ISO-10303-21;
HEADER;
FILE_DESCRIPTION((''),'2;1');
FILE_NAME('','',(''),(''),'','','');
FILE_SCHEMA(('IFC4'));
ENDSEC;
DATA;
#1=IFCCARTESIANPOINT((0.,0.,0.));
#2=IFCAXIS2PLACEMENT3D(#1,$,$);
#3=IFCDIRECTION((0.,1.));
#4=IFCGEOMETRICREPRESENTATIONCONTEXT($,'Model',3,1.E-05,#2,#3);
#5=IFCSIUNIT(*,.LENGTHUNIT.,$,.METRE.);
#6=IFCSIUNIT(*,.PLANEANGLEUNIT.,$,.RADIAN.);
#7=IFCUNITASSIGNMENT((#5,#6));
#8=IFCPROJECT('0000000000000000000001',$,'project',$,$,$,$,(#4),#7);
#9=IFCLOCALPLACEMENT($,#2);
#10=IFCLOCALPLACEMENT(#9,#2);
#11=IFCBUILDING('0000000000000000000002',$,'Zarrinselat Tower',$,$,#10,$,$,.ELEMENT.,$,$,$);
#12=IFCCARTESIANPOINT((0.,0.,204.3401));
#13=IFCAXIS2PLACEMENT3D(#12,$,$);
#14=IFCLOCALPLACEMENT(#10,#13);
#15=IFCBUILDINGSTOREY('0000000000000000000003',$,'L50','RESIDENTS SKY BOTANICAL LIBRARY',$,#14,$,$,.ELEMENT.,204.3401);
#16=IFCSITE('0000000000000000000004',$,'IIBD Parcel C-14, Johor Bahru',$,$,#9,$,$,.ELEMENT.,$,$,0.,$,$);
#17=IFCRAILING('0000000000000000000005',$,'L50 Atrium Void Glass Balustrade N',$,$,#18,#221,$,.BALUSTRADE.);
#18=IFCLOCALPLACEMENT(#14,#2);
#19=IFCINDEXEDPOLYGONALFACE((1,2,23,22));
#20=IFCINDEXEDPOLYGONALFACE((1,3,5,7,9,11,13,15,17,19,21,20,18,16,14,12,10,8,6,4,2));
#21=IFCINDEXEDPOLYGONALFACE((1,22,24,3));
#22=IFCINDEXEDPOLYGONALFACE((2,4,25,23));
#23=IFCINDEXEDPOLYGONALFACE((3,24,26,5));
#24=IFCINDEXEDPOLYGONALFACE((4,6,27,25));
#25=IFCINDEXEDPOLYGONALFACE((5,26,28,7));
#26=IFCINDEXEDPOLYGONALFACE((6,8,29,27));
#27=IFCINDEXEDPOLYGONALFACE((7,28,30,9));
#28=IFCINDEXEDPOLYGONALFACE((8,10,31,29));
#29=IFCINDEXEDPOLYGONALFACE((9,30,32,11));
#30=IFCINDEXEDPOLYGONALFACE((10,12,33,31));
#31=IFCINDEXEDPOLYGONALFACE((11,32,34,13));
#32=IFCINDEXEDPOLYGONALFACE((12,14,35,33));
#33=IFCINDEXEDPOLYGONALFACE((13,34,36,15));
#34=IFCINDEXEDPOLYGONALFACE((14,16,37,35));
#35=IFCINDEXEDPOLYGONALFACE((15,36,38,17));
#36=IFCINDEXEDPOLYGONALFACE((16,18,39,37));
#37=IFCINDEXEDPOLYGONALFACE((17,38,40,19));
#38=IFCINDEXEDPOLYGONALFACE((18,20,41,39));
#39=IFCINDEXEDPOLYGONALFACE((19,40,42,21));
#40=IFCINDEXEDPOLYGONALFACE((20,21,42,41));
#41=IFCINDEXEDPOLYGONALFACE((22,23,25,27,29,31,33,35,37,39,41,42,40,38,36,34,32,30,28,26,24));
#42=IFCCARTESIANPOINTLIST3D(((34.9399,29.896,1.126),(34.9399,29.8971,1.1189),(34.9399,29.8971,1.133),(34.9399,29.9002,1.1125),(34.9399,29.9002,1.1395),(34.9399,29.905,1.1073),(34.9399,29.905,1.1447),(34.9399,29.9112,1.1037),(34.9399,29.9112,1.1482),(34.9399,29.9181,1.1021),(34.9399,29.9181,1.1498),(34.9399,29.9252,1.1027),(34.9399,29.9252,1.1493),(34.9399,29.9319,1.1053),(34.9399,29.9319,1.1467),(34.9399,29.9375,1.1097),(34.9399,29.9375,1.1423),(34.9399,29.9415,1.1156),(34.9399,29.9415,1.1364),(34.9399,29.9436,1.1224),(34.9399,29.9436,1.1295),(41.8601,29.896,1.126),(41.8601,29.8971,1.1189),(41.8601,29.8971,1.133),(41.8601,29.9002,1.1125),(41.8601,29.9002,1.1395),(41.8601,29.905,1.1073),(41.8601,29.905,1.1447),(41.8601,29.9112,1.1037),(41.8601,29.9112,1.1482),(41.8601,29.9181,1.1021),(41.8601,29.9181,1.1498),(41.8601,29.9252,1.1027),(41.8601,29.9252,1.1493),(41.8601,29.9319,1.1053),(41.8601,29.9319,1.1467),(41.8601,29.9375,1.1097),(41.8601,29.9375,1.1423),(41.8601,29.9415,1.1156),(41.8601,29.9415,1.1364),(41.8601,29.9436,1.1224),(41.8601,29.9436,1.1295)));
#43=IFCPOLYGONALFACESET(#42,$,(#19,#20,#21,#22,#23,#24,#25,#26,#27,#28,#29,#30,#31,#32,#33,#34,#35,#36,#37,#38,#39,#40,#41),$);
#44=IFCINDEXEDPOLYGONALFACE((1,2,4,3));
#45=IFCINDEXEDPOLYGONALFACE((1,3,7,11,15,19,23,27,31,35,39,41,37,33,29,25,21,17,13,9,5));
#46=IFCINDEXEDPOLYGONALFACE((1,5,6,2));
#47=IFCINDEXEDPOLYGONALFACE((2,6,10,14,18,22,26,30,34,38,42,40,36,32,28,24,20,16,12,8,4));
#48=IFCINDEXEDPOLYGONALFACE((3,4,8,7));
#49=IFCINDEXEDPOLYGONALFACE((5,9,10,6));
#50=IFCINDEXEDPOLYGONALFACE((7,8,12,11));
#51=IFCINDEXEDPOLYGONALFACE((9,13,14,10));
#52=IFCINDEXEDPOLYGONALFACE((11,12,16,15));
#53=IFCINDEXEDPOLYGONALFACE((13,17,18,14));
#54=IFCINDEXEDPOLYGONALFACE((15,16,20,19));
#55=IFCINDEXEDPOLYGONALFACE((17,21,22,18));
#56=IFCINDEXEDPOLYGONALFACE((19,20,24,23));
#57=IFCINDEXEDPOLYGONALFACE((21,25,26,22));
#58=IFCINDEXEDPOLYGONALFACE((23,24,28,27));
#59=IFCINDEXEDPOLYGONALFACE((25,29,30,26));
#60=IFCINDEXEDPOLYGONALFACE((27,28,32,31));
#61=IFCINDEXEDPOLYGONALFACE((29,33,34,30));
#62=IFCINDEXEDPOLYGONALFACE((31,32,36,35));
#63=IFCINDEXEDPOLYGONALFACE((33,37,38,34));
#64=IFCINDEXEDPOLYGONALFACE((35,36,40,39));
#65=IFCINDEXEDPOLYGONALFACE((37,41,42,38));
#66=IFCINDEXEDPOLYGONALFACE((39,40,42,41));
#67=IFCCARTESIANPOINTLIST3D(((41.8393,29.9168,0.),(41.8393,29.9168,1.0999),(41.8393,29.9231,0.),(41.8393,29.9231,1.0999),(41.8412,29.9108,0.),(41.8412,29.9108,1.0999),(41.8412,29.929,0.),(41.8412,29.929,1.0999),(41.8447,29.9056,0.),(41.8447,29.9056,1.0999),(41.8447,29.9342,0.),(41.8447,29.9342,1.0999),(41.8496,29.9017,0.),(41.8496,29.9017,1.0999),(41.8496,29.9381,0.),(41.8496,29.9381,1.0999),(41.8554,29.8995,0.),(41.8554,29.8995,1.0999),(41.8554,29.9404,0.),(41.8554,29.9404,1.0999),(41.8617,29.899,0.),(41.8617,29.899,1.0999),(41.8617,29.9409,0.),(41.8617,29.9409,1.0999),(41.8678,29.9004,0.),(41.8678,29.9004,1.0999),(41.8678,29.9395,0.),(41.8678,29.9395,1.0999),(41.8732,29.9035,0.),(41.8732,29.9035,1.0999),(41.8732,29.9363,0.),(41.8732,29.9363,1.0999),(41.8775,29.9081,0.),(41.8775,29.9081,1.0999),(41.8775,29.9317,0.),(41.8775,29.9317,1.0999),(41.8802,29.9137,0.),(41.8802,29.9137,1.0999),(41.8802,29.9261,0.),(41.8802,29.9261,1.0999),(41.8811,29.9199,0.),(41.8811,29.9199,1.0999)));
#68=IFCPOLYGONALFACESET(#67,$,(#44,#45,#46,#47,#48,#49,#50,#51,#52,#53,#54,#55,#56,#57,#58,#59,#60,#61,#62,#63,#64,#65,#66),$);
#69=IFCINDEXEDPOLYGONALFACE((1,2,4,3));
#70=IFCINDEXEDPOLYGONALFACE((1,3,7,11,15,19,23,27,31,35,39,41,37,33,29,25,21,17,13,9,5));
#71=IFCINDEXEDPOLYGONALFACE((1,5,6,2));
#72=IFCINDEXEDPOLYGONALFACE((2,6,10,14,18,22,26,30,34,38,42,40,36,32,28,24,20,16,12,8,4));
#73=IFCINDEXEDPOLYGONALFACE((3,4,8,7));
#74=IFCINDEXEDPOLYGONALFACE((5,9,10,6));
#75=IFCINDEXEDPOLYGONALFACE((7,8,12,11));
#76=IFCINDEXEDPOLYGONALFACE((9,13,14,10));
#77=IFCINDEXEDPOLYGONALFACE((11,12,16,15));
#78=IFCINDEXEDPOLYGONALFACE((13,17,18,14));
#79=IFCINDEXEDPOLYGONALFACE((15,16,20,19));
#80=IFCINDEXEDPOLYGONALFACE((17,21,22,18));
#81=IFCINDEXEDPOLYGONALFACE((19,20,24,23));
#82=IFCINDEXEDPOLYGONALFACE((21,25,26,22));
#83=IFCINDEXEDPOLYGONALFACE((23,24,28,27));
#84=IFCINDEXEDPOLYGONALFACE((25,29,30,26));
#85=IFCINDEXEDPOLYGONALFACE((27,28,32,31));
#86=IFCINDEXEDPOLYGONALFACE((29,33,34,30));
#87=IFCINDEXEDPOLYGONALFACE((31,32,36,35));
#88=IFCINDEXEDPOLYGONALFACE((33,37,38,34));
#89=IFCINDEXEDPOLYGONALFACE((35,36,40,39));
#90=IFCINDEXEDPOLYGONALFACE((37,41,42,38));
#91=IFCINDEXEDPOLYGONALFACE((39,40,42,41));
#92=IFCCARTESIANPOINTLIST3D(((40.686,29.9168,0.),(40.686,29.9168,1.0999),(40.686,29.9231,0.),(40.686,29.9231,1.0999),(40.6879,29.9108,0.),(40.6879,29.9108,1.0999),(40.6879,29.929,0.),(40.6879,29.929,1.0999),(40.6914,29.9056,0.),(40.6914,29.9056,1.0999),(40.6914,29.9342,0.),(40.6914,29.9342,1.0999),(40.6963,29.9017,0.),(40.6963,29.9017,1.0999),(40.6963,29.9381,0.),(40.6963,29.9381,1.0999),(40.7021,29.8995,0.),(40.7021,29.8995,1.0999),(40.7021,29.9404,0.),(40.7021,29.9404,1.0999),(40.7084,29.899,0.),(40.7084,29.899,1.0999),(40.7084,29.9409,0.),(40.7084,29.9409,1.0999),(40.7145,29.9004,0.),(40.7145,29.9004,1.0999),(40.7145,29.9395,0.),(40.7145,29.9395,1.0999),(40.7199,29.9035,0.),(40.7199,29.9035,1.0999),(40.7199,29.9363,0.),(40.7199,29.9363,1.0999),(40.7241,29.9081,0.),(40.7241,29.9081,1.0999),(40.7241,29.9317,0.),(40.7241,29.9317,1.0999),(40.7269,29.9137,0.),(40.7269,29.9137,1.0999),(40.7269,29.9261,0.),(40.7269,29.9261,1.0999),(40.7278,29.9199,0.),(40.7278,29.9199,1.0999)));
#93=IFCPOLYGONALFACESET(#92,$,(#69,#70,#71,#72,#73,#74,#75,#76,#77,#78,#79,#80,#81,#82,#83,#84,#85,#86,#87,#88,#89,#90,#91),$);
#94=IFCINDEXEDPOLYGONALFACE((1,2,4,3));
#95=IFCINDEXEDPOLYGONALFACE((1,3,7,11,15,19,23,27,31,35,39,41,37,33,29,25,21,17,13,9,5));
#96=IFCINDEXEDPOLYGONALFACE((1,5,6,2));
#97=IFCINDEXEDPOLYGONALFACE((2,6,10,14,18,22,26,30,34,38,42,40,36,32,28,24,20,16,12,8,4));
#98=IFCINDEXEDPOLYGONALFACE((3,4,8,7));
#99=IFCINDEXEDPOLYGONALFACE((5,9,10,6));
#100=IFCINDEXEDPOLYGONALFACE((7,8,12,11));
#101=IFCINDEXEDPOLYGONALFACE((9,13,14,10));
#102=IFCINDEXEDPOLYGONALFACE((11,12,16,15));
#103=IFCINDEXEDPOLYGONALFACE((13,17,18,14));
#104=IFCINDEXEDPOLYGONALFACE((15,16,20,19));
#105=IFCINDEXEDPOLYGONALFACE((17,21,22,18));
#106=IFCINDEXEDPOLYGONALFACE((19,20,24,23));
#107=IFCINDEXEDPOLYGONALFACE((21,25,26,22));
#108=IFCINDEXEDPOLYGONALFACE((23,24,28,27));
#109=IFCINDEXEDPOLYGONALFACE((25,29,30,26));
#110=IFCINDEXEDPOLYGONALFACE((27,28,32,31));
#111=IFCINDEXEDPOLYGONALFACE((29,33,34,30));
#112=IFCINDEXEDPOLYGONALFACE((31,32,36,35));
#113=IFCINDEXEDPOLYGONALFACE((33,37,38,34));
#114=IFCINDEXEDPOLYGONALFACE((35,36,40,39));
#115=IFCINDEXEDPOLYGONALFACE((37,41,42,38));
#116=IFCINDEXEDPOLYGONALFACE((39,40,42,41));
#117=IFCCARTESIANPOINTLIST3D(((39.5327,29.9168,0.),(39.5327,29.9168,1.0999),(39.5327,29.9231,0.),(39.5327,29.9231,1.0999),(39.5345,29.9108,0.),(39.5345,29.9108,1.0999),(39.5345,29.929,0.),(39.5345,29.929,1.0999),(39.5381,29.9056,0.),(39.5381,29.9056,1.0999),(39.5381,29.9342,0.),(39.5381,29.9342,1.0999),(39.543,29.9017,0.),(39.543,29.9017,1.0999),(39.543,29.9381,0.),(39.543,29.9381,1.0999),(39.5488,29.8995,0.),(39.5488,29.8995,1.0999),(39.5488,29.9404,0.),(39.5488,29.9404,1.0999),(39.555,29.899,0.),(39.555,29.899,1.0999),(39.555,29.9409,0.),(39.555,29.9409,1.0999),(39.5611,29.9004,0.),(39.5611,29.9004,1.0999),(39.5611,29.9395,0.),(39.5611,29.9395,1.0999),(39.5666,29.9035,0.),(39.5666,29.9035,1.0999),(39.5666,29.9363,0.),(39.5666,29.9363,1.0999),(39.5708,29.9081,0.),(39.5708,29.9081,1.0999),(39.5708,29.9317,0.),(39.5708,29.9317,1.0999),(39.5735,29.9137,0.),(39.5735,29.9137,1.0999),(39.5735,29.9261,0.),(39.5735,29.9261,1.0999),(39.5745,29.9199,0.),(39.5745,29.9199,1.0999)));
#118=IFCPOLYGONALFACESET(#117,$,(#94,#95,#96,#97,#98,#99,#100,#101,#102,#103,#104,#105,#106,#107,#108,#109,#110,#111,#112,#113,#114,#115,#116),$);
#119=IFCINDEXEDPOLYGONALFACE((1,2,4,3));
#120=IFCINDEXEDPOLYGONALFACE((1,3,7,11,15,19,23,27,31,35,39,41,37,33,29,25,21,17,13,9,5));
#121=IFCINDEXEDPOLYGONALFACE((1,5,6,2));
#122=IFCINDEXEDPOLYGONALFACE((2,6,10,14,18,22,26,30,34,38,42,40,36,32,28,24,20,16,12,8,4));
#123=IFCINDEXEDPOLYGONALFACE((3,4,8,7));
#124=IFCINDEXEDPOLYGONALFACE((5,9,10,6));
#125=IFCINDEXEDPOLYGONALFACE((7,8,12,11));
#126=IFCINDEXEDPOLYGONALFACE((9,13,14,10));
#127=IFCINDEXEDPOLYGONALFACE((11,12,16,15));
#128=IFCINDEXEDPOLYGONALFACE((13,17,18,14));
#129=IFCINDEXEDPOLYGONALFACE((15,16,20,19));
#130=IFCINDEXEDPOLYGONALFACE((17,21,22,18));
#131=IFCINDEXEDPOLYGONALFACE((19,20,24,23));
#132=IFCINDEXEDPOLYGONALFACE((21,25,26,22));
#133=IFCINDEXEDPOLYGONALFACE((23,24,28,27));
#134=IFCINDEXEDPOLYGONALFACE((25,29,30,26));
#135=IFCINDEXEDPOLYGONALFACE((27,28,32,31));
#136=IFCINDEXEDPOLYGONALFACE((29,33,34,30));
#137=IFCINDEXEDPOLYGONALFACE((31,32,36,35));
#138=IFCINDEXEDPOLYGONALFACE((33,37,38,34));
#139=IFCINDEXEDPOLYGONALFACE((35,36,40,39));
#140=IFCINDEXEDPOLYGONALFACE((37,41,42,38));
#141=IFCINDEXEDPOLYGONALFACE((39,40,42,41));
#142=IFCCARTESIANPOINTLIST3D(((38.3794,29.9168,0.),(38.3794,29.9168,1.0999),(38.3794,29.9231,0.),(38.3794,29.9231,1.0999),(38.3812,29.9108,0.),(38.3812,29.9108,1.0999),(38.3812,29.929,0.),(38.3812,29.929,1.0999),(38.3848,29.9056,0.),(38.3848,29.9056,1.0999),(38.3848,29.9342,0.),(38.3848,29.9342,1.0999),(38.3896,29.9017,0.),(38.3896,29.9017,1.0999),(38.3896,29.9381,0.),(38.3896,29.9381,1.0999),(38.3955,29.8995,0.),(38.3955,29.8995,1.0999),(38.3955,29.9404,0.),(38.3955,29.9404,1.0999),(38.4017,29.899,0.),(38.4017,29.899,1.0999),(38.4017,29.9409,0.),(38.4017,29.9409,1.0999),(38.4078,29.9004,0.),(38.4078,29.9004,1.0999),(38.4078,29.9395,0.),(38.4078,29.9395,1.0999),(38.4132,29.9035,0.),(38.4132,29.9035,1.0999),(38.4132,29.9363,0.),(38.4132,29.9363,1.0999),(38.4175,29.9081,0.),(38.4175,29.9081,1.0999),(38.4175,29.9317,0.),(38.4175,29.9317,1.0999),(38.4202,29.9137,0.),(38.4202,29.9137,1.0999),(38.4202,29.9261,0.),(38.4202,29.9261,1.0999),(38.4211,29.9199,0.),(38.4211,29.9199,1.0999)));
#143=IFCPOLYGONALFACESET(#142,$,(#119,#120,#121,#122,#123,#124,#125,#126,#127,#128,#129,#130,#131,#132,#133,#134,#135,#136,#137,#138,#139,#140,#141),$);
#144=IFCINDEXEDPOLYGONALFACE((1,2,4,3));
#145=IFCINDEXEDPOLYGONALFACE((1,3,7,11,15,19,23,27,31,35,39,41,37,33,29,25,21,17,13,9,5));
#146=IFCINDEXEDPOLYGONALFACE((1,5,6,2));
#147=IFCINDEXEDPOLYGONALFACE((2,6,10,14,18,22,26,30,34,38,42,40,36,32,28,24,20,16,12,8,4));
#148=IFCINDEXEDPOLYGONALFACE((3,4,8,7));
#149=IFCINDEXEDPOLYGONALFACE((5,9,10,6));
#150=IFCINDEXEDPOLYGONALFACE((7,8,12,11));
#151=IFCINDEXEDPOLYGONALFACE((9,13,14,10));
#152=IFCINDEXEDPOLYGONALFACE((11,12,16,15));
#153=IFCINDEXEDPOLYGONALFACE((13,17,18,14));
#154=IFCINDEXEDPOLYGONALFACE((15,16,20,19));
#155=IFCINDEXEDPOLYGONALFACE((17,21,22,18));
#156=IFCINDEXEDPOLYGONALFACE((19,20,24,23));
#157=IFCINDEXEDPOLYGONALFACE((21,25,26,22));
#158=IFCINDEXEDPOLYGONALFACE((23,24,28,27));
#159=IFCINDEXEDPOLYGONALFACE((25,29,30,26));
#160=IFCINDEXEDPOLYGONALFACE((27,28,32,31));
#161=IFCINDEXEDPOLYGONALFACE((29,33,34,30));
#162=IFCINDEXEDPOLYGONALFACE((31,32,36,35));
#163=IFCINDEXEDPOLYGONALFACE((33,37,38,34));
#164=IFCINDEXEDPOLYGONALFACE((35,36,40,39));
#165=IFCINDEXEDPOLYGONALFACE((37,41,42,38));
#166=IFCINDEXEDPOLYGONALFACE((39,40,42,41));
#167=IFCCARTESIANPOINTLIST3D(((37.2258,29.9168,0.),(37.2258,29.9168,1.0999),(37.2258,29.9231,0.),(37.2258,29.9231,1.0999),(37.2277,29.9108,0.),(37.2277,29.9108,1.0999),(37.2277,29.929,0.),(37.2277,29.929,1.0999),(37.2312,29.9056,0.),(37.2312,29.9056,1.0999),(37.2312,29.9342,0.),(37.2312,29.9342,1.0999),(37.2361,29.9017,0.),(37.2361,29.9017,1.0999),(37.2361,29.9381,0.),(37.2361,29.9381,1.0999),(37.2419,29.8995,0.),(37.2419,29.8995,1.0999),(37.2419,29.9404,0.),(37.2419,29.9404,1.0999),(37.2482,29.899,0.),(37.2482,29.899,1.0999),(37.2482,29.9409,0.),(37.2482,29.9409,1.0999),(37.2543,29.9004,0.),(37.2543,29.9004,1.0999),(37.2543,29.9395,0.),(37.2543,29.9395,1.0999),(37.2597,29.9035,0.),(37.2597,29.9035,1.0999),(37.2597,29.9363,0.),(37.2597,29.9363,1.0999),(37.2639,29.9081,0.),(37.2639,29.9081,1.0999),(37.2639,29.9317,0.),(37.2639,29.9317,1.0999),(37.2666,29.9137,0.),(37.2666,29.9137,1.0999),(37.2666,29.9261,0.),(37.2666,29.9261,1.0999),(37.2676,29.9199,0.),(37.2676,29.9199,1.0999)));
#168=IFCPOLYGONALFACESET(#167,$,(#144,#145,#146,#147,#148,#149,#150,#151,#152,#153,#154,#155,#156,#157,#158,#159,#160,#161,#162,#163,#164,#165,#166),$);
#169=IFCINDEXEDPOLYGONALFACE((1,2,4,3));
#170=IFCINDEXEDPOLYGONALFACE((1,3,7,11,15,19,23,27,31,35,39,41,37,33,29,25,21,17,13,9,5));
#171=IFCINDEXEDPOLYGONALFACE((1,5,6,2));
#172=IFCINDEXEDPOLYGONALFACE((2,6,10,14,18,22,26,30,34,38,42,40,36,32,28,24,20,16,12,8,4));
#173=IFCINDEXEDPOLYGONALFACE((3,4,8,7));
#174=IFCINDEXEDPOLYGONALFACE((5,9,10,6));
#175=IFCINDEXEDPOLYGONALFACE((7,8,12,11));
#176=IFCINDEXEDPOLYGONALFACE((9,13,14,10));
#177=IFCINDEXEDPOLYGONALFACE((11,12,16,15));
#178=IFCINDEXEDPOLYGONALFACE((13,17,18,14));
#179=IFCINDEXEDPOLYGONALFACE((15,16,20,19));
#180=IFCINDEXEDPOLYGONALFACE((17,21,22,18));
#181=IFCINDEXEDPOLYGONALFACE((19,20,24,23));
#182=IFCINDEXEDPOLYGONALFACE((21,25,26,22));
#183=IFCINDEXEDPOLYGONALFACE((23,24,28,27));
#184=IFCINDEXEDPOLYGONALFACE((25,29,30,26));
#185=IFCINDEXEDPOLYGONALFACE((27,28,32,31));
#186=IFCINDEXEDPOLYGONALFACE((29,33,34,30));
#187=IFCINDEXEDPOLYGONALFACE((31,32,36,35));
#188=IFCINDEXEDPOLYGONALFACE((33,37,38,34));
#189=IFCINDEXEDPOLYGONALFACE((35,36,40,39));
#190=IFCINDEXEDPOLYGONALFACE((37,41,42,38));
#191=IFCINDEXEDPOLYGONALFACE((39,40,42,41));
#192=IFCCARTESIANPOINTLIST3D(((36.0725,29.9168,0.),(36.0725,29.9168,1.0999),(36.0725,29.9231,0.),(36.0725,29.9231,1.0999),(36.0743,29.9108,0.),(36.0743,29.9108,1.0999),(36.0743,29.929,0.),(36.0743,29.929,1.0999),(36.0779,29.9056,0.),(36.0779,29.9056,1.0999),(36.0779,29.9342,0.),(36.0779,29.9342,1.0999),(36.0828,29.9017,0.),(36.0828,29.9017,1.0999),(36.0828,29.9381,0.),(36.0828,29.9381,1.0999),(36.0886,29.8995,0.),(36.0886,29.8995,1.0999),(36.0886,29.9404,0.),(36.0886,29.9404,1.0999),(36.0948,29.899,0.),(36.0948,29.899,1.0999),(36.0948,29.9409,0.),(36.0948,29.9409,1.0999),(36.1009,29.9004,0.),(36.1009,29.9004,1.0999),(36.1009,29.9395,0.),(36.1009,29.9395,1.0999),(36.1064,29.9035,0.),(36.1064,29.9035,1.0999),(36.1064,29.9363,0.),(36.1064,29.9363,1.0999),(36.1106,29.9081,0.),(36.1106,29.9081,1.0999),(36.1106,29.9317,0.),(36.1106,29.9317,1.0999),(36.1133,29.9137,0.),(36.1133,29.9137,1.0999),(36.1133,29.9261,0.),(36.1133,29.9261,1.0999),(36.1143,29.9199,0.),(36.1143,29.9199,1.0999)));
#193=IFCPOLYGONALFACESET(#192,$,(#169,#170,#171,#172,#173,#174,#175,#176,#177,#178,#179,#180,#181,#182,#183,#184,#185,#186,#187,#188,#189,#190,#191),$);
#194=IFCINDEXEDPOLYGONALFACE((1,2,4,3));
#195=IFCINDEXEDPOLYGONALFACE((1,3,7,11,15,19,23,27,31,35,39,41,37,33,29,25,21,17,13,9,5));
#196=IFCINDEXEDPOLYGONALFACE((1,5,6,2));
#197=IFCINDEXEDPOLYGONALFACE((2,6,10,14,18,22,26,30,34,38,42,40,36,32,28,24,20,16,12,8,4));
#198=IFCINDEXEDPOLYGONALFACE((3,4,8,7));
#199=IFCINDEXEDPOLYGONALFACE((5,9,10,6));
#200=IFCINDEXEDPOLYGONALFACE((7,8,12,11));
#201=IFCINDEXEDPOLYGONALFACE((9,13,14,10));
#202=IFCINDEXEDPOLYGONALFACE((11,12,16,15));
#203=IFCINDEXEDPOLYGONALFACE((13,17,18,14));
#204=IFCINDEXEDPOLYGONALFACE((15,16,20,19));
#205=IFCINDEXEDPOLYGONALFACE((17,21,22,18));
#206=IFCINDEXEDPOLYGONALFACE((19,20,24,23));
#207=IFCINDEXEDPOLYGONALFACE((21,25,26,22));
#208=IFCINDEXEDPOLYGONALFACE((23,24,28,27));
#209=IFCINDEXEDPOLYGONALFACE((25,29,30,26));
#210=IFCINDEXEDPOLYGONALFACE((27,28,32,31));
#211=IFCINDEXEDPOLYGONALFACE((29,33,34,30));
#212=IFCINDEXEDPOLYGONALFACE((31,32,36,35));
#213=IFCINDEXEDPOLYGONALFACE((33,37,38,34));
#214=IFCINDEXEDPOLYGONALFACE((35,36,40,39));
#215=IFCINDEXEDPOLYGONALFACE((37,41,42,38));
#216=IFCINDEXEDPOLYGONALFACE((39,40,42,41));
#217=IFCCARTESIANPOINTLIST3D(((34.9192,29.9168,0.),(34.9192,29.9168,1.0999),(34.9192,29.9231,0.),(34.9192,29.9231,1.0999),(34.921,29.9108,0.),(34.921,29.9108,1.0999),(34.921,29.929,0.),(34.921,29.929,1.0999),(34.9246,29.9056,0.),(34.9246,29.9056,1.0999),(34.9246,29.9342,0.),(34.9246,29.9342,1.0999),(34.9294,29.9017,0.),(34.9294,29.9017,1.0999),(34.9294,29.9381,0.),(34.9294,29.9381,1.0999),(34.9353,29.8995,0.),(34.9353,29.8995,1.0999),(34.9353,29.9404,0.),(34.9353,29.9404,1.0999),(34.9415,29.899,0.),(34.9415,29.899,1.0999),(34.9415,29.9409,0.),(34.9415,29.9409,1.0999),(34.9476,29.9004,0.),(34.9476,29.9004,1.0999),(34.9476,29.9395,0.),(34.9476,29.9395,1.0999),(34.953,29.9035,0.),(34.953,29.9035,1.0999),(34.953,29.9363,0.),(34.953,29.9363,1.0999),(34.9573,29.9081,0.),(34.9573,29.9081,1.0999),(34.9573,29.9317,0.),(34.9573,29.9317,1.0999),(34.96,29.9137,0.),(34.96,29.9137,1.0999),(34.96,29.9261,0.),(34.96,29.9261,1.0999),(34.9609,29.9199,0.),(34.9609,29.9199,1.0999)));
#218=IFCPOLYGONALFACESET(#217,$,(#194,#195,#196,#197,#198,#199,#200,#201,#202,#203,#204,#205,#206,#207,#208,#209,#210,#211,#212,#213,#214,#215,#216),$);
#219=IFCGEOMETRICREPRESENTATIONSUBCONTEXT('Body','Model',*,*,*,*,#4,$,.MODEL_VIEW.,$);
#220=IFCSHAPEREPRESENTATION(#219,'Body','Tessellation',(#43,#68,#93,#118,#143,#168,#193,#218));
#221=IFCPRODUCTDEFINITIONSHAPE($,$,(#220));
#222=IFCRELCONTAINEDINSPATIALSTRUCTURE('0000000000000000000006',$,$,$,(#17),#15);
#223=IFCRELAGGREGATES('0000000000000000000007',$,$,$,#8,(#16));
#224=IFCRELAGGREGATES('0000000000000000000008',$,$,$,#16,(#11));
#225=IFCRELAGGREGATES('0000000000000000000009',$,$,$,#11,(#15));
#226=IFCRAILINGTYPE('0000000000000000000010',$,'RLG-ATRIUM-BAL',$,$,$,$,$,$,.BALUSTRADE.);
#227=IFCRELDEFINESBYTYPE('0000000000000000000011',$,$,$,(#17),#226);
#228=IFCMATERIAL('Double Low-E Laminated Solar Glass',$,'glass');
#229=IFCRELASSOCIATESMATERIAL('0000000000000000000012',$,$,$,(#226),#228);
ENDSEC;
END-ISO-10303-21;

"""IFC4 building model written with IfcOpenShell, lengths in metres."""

from ifc_helpers import new_model, si_unit, direction, frame, origin, origin_2d, place, context, subcontext, project, spatial, circle, extrude, material, type_object, element, save


model = new_model("IFC4")

# Units and contexts
model_context = context("Model", 3, precision=1e-05, world=origin(), true_north=direction((0.0, 1.0)))
body_context = subcontext(model_context, "Body", "Model", "MODEL_VIEW")
ifc_project = project(units=[si_unit("LENGTHUNIT", "METRE"), si_unit("PLANEANGLEUNIT", "RADIAN")], contexts=[model_context])

# Site, building, storey
site_placement = place(None, origin())
site = spatial("IfcSite", under=ifc_project, at=site_placement, Name="IIBD Parcel C-14, Johor Bahru", CompositionType="ELEMENT", RefElevation=0.0)
building_placement = place(site_placement, origin())
building = spatial("IfcBuilding", under=site, at=building_placement, Name="Zarrinselat Tower", CompositionType="ELEMENT")
storey_placement = place(building_placement, frame((0.0, 0.0, 204.3401)))
storey = spatial("IfcBuildingStorey", under=building, at=storey_placement, Name="L50", Description="RESIDENTS SKY BOTANICAL LIBRARY", CompositionType="ELEMENT", Elevation=204.3401)

# Railing
ifc_material_1 = material(Name="Double Low-E Laminated Solar Glass", Category="glass")
railing_type_1 = type_object("IfcRailingType", Name="RLG-ATRIUM-BAL", PredefinedType="BALUSTRADE", material=ifc_material_1)
railing_1_placement = place(storey_placement, frame((41.8601, 29.9199, 0.0)))
element("IfcRailing", 1, at=railing_1_placement, inside=storey, type_object=railing_type_1, Name="L50 Atrium Void Glass Balustrade N", PredefinedType="BALUSTRADE", context=body_context, shape_type="SweptSolid", body=[
    extrude(circle(Radius=0.0239, at=origin_2d()), frame((0.0, 0.0, 1.126), z_axis=(-1.0, 0.0, 0.0), x_axis=(0.0, -1.0, 0.0)), (0.0, 0.0, 1.0), 6.9202),
    extrude(circle(Radius=0.021, at=origin_2d()), origin(), (0.0, 0.0, 1.0), 1.0999),
    extrude(circle(Radius=0.021, at=origin_2d()), frame((-1.1533, 0.0, 0.0)), (0.0, 0.0, 1.0), 1.0999),
    extrude(circle(Radius=0.021, at=origin_2d()), frame((-2.3066, 0.0, 0.0)), (0.0, 0.0, 1.0), 1.0999),
    extrude(circle(Radius=0.021, at=origin_2d()), frame((-3.46, 0.0, 0.0)), (0.0, 0.0, 1.0), 1.0999),
    extrude(circle(Radius=0.021, at=origin_2d()), frame((-4.6135, 0.0, 0.0)), (0.0, 0.0, 1.0), 1.0999),
    extrude(circle(Radius=0.021, at=origin_2d()), frame((-5.7668, 0.0, 0.0)), (0.0, 0.0, 1.0), 1.0999),
    extrude(circle(Radius=0.021, at=origin_2d()), frame((-6.9202, 0.0, 0.0)), (0.0, 0.0, 1.0), 1.0999),
])

save(model, "model.ifc")
